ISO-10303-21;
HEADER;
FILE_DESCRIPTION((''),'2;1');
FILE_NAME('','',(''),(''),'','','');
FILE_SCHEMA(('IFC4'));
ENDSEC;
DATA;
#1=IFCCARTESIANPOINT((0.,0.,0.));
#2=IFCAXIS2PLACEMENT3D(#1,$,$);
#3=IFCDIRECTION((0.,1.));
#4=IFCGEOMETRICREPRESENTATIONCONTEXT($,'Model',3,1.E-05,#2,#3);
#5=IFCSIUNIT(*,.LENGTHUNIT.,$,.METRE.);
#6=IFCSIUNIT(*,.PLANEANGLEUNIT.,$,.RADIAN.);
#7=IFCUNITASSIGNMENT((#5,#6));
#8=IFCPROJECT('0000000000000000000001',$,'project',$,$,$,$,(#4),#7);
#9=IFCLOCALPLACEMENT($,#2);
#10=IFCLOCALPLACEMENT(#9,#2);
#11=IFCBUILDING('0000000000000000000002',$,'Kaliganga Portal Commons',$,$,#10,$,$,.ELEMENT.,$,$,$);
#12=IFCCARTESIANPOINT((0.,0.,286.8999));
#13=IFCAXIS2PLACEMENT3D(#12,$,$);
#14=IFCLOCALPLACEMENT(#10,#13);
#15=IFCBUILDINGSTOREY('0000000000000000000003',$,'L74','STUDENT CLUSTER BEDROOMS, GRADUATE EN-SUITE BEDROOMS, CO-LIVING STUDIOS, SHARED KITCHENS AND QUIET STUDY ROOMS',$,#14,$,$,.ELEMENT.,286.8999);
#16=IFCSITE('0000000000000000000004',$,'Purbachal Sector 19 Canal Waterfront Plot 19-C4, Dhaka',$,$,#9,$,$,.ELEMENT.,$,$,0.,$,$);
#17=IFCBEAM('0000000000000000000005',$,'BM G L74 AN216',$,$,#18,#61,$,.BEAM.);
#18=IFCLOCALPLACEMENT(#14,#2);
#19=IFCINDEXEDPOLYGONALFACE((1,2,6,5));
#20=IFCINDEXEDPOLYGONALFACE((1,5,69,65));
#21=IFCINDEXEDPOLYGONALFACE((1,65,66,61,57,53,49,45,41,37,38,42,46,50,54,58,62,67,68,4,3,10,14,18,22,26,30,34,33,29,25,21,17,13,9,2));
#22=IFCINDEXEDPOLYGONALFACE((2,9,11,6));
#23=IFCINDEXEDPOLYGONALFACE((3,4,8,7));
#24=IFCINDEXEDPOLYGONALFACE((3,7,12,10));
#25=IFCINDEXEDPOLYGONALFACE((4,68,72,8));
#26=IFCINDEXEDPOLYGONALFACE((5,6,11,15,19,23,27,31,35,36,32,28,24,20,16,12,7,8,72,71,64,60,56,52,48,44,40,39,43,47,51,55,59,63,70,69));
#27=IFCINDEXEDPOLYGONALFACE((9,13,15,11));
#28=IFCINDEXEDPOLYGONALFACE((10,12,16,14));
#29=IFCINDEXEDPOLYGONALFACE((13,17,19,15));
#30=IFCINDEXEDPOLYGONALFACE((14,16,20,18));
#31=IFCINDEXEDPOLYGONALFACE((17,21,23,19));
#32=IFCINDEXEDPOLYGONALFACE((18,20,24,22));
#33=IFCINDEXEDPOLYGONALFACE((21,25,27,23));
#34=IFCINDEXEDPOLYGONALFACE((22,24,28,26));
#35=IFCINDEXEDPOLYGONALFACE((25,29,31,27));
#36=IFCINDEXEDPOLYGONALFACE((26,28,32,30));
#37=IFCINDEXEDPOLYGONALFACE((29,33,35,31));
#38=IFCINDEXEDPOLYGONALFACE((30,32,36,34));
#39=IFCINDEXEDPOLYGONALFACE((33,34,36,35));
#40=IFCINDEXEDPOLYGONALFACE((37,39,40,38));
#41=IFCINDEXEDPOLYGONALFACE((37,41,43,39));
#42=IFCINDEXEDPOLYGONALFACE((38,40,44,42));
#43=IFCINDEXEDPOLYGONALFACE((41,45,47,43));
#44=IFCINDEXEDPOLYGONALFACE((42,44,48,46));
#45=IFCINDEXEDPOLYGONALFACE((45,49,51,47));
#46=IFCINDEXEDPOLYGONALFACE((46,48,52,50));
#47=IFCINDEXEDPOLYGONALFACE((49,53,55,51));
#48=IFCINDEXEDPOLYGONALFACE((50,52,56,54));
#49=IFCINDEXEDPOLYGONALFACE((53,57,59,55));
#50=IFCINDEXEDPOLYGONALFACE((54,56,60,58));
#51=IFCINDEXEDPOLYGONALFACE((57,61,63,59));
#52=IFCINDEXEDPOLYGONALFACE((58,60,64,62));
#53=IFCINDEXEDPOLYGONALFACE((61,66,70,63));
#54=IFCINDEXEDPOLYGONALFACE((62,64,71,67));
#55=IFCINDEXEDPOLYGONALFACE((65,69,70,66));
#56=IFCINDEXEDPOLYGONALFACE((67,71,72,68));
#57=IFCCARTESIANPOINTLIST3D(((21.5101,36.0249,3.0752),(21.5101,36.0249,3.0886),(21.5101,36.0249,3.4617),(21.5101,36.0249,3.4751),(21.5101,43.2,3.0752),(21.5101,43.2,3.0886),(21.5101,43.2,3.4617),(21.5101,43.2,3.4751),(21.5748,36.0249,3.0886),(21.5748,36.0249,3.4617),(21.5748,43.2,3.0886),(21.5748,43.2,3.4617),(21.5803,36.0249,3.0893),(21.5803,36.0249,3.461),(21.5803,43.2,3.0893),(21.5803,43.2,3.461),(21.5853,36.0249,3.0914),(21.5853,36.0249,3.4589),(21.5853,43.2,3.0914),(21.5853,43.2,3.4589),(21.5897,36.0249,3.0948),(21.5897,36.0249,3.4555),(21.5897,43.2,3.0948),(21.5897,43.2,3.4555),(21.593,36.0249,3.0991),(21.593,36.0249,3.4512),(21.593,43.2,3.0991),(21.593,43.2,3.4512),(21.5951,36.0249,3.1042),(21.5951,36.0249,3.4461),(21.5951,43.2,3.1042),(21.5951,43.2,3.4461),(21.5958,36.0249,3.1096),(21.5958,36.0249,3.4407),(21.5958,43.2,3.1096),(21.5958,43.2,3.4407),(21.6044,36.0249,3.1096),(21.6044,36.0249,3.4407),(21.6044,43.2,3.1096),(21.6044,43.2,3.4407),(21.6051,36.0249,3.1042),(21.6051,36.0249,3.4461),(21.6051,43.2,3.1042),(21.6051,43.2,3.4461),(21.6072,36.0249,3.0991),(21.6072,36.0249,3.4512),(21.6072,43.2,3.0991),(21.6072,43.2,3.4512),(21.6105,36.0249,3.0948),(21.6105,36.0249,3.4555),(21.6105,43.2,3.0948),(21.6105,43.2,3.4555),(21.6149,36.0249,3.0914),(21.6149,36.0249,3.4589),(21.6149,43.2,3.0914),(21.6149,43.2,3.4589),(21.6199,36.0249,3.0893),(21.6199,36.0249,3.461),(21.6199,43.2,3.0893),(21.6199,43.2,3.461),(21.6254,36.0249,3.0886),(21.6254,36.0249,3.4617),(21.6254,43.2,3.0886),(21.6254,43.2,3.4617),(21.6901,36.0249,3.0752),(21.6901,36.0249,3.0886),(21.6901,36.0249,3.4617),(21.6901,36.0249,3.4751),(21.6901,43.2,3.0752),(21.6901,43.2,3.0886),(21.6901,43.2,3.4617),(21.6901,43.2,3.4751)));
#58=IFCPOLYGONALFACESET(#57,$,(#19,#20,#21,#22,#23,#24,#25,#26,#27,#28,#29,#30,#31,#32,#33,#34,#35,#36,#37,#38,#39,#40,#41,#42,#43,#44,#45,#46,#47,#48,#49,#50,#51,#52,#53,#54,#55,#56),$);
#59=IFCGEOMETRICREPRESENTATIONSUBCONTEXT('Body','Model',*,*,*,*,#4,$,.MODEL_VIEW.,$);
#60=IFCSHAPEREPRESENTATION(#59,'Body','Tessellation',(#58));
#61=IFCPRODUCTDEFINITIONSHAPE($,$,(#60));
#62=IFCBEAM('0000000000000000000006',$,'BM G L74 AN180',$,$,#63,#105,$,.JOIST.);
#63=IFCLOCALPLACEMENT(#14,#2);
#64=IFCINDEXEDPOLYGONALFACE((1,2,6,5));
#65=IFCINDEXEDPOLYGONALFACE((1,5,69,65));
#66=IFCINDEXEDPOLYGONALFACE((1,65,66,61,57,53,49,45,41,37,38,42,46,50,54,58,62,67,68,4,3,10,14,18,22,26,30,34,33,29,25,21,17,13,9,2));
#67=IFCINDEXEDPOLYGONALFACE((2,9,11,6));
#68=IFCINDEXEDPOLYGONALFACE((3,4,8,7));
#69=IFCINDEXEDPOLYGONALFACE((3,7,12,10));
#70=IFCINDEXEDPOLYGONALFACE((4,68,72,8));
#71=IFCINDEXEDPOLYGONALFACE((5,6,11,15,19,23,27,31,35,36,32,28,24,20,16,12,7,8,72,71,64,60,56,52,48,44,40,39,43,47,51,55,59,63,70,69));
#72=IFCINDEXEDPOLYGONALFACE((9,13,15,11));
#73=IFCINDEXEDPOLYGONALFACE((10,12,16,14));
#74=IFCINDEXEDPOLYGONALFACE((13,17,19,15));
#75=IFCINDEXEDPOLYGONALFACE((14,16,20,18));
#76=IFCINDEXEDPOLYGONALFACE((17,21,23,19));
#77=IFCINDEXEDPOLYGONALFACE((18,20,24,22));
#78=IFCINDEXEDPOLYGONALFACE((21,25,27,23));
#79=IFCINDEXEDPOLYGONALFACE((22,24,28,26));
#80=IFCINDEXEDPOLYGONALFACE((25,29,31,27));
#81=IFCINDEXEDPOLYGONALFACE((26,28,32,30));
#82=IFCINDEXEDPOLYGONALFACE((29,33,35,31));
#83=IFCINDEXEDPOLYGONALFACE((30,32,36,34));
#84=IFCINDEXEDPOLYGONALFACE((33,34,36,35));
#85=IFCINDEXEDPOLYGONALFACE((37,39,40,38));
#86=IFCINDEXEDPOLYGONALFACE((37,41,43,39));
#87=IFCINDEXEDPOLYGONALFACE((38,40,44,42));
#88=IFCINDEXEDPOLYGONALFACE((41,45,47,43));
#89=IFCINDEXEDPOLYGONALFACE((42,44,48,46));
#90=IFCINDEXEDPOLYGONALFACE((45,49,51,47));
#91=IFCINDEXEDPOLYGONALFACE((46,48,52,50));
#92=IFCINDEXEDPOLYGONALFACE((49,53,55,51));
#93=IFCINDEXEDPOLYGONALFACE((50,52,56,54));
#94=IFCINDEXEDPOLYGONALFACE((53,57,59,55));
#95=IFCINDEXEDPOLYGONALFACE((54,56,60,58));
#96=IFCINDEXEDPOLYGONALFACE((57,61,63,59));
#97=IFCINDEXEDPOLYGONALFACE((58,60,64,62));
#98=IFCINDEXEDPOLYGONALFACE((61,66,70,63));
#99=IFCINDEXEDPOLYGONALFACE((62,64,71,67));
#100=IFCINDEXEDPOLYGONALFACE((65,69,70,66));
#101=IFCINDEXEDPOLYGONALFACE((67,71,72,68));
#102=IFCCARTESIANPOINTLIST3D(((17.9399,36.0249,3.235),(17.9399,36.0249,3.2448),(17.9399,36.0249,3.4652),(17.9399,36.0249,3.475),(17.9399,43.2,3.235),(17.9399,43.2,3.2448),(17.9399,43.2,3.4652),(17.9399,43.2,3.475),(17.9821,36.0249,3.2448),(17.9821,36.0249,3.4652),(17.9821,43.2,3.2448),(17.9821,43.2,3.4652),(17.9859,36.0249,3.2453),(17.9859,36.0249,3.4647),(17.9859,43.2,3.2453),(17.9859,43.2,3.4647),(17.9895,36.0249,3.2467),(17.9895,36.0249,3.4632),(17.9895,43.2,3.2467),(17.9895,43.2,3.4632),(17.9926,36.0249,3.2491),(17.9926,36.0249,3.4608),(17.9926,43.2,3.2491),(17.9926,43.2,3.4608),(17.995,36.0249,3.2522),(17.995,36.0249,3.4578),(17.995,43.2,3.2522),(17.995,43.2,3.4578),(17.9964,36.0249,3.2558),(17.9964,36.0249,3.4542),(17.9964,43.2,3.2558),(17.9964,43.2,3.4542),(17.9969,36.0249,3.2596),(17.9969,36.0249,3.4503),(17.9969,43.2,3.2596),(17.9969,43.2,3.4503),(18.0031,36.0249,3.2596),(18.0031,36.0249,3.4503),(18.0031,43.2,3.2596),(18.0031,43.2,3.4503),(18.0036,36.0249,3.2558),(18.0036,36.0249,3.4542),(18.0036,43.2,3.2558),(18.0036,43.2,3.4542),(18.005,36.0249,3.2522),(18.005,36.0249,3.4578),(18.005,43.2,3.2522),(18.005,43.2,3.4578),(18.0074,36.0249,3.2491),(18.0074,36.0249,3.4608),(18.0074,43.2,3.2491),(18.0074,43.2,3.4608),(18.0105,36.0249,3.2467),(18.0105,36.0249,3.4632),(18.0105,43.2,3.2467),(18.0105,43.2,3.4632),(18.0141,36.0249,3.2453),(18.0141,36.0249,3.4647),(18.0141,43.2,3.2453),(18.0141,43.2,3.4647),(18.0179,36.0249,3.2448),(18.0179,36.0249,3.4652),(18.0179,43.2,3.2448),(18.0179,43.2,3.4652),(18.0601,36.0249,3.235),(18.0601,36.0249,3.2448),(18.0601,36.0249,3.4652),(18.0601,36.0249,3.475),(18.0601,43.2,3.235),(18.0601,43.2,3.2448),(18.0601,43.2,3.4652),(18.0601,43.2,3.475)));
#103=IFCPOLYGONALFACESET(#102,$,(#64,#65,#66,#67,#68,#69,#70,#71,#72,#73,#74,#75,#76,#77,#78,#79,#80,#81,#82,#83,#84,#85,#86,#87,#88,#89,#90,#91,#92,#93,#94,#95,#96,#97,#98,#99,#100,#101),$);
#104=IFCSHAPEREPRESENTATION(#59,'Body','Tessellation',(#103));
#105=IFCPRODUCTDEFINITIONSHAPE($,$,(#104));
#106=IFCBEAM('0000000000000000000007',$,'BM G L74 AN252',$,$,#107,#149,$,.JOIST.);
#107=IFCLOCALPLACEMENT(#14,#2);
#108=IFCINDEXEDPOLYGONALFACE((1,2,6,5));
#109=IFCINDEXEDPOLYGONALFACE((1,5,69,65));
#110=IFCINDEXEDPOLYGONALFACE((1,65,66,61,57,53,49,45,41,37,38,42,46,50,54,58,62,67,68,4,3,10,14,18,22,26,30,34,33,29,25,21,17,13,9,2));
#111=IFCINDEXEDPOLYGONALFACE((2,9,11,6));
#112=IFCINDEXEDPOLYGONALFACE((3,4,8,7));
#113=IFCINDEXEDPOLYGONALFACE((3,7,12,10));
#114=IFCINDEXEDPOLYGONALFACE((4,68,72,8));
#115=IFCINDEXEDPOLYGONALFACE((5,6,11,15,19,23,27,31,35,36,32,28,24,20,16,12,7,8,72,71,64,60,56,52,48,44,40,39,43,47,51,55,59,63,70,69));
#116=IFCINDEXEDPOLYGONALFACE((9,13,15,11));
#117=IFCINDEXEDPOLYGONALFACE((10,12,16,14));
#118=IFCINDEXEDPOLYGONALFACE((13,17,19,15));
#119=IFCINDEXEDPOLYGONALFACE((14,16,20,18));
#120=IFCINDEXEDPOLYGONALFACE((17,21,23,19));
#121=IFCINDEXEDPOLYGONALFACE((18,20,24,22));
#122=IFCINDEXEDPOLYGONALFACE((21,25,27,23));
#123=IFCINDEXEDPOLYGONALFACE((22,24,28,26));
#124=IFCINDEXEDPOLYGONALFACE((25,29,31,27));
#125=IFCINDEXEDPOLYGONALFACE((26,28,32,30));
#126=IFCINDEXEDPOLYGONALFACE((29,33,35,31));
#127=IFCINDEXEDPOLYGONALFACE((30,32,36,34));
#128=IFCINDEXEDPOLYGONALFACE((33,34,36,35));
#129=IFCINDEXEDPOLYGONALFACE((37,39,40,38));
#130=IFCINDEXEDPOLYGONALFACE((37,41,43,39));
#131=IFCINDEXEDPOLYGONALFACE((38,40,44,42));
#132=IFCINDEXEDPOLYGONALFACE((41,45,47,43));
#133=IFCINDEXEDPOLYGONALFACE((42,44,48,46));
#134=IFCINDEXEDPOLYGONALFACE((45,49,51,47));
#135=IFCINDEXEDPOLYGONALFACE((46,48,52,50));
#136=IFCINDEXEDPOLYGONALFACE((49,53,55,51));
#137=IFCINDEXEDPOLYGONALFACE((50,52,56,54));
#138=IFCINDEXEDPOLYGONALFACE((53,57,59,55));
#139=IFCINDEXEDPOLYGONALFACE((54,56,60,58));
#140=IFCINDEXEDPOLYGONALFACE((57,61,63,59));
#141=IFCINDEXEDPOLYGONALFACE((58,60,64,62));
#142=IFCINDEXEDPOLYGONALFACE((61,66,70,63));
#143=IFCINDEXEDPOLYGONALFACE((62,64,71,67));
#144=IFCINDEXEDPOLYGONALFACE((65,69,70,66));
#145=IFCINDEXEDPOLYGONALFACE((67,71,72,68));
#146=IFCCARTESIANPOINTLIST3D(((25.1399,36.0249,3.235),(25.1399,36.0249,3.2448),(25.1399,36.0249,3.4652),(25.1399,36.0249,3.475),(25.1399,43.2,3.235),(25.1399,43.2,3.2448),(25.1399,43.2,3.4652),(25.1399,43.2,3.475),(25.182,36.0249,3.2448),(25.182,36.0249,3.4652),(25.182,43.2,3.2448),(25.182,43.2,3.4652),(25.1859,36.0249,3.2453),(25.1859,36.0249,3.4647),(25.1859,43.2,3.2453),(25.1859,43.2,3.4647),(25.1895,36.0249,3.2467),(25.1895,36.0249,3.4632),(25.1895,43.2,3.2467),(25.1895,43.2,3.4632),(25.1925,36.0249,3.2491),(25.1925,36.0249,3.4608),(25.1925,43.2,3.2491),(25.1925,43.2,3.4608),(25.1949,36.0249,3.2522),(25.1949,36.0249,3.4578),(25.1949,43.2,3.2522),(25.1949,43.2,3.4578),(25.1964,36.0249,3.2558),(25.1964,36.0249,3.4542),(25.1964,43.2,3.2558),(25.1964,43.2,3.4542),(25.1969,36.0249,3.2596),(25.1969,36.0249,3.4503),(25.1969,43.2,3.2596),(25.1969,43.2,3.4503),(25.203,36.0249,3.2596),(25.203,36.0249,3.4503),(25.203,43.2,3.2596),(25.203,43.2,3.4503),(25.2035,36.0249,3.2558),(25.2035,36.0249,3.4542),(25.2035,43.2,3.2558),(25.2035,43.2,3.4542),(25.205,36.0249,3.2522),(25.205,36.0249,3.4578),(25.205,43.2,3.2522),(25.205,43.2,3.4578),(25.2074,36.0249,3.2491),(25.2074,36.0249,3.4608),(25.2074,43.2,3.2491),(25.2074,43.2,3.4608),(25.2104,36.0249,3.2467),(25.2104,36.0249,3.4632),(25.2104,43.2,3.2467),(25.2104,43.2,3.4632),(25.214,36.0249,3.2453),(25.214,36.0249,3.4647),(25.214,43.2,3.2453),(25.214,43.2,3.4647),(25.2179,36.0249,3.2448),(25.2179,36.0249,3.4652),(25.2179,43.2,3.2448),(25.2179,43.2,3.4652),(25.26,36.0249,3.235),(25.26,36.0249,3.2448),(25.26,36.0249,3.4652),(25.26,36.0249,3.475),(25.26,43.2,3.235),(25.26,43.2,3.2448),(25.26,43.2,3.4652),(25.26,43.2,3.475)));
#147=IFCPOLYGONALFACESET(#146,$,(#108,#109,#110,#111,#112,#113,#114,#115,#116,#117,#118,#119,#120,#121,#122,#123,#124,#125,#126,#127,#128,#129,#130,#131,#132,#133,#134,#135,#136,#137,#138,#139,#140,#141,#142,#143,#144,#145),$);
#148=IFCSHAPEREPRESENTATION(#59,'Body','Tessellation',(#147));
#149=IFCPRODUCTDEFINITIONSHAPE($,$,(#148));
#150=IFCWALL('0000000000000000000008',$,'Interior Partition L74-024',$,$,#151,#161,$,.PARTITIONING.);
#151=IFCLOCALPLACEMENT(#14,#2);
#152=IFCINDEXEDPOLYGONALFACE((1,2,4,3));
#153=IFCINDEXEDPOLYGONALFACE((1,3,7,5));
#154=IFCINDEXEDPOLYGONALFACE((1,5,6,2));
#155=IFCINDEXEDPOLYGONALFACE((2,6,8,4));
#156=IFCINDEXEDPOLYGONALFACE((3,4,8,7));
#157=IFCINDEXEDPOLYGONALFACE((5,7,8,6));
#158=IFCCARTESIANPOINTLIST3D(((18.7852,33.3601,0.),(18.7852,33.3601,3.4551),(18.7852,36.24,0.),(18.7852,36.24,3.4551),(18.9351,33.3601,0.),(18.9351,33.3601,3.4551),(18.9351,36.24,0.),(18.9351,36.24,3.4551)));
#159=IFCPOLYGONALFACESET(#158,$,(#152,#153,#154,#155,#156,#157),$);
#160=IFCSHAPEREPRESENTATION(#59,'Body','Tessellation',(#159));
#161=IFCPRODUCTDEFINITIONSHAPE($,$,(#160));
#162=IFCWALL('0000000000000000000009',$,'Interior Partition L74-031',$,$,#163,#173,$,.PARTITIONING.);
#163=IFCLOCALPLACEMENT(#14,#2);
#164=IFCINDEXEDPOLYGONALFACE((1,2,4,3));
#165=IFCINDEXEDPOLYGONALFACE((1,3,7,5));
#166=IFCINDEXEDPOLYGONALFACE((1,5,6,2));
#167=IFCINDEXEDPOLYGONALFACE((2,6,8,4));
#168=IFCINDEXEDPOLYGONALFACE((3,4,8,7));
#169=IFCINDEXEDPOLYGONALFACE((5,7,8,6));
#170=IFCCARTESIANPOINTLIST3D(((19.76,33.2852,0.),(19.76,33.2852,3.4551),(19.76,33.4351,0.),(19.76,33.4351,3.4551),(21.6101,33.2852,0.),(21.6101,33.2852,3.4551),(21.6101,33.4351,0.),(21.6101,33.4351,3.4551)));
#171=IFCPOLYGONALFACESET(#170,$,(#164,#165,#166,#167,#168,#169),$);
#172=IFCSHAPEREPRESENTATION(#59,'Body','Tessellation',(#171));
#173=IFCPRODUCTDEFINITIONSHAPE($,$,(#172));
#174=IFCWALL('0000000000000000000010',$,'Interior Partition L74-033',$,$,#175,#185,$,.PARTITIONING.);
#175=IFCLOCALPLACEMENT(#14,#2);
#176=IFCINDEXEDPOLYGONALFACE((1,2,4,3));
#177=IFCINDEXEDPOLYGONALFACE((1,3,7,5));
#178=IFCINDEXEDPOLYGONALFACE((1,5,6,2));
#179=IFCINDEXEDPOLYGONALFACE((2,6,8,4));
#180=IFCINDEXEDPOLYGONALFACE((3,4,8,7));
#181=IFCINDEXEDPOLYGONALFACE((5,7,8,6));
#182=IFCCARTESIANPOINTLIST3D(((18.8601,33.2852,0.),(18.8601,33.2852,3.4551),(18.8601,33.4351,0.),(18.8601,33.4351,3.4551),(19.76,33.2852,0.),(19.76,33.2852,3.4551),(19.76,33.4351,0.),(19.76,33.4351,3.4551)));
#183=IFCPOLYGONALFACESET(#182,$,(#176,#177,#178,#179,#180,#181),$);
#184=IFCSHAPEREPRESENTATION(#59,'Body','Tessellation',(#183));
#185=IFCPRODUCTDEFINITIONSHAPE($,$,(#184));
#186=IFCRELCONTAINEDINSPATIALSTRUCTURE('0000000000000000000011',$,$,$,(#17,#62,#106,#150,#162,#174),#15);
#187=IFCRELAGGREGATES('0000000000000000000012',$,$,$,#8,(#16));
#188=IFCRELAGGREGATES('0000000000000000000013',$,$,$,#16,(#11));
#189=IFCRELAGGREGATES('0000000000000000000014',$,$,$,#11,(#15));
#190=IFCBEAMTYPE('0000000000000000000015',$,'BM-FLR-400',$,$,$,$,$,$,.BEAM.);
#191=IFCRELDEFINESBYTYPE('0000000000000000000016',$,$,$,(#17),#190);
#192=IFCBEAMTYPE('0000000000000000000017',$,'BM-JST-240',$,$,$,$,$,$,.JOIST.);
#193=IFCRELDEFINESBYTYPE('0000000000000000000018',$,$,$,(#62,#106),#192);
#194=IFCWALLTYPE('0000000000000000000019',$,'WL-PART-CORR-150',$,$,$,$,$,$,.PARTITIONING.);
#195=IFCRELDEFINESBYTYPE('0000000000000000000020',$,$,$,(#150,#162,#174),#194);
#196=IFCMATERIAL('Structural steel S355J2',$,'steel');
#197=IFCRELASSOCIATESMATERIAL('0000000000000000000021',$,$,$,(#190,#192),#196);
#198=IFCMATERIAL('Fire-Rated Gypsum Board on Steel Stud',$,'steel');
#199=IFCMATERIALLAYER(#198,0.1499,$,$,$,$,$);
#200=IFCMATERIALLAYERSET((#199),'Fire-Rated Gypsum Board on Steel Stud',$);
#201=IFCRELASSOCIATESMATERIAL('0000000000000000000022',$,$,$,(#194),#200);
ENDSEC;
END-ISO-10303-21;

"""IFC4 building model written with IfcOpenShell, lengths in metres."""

from ifc_helpers import new_model, si_unit, direction, frame, frame_2d, origin, origin_2d, place, context, subcontext, project, spatial, rectangle, i_section, extrude, source, transform, mapped, material, layer, layer_set, material_profile, profile_set, type_object, element, save


model = new_model("IFC4")

# Units and contexts
model_context = context("Model", 3, precision=1e-05, world=origin(), true_north=direction((0.0, 1.0)))
body_context = subcontext(model_context, "Body", "Model", "MODEL_VIEW")
ifc_project = project(units=[si_unit("LENGTHUNIT", "METRE"), si_unit("PLANEANGLEUNIT", "RADIAN")], contexts=[model_context])

# Site, building, storey
site_placement = place(None, origin())
site = spatial("IfcSite", under=ifc_project, at=site_placement, Name="Purbachal Sector 19 Canal Waterfront Plot 19-C4, Dhaka", CompositionType="ELEMENT", RefElevation=0.0)
building_placement = place(site_placement, origin())
building = spatial("IfcBuilding", under=site, at=building_placement, Name="Kaliganga Portal Commons", CompositionType="ELEMENT")
storey_placement = place(building_placement, frame((0.0, 0.0, 286.8999)))
storey = spatial("IfcBuildingStorey", under=building, at=storey_placement, Name="L74", Description="STUDENT CLUSTER BEDROOMS, GRADUATE EN-SUITE BEDROOMS, CO-LIVING STUDIOS, SHARED KITCHENS AND QUIET STUDY ROOMS", CompositionType="ELEMENT", Elevation=286.8999)

# Beams
ifc_material_1 = material(Name="Structural steel S355J2", Category="steel")
ifc_material_profile_1 = material_profile(ifc_material_1, i_section(OverallWidth=0.1799, OverallDepth=0.3999, WebThickness=0.0085, FlangeThickness=0.0134, FilletRadius=0.021, at=origin_2d()), Name="IPE 400")
ifc_profile_set_1 = profile_set([ifc_material_profile_1], Name="Structural steel S355J2 wide-flange")
beam_type_1 = type_object("IfcBeamType", Name="BM-FLR-400", PredefinedType="BEAM", material=ifc_profile_set_1)
shared_shape_1 = source(origin(), body_context, "Body", "SweptSolid", [
    extrude(i_section(OverallWidth=0.1799, OverallDepth=0.3999, WebThickness=0.0085, FlangeThickness=0.0134, FilletRadius=0.021, at=origin_2d()), origin(), (0.0, 0.0, 1.0), 7.175),
])
beam_placement = place(storey_placement, frame((21.6001, 36.0249, 3.2751), z_axis=(0.0, 1.0, 0.0), x_axis=(-1.0, 0.0, 0.0)))
element("IfcBeam", 1, at=beam_placement, inside=storey, type_object=beam_type_1, Name="BM G L74 AN216", PredefinedType="BEAM", context=body_context, shape_type="MappedRepresentation", body=[
    mapped(shared_shape_1, transform((0.0, 0.0, 0.0), x_axis=(1.0, 0.0, 0.0), y_axis=(0.0, 1.0, 0.0), z_axis=(0.0, 0.0, 1.0), scale=1.0)),
])
ifc_material_profile_2 = material_profile(ifc_material_1, i_section(OverallWidth=0.1201, OverallDepth=0.24, WebThickness=0.0061, FlangeThickness=0.0098, FilletRadius=0.0149, at=origin_2d()), Name="IPE 240")
ifc_profile_set_2 = profile_set([ifc_material_profile_2], Name="Structural steel S355J2 wide-flange")
beam_type_2 = type_object("IfcBeamType", Name="BM-JST-240", PredefinedType="JOIST", material=ifc_profile_set_2)
shared_shape_2 = source(origin(), body_context, "Body", "SweptSolid", [
    extrude(i_section(OverallWidth=0.1201, OverallDepth=0.24, WebThickness=0.0061, FlangeThickness=0.0098, FilletRadius=0.0149, at=origin_2d()), origin(), (0.0, 0.0, 1.0), 7.175),
])
for number, where, z_axis, x_axis, name in (
    (2, (18.0, 36.0249, 3.355), (0.0, 1.0, 0.0), (-1.0, 0.0, 0.0), "BM G L74 AN180"),
    (3, (25.2, 36.0249, 3.355), (0.0, 1.0, 0.0), (-1.0, 0.0, 0.0), "BM G L74 AN252"),
):
    element("IfcBeam", number, at=place(storey_placement, frame(where, z_axis=z_axis, x_axis=x_axis)), inside=storey, type_object=beam_type_2, Name=name, PredefinedType="JOIST", context=body_context, shape_type="MappedRepresentation", body=[
        mapped(shared_shape_2, transform((0.0, 0.0, 0.0), x_axis=(1.0, 0.0, 0.0), y_axis=(0.0, 1.0, 0.0), z_axis=(0.0, 0.0, 1.0), scale=1.0)),
    ])

# Walls
ifc_material_2 = material(Name="Fire-Rated Gypsum Board on Steel Stud", Category="steel")
ifc_layer_1 = layer(ifc_material_2, 0.1499)
ifc_layer_set_1 = layer_set([ifc_layer_1], Name="Fire-Rated Gypsum Board on Steel Stud")
wall_type_1 = type_object("IfcWallType", Name="WL-PART-CORR-150", PredefinedType="PARTITIONING", material=ifc_layer_set_1)
wall_1_placement = place(storey_placement, frame((18.8601, 33.3601, 0.0), z_axis=(0.0, 0.0, 1.0), x_axis=(0.0, 1.0, 0.0)))
element("IfcWall", 4, at=wall_1_placement, inside=storey, type_object=wall_type_1, Name="Interior Partition L74-024", PredefinedType="PARTITIONING", context=body_context, shape_type="SweptSolid", body=[
    extrude(rectangle(XDim=2.8799, YDim=0.1499, at=frame_2d((1.4399, 0.0))), origin(), (0.0, 0.0, 1.0), 3.4551),
])
wall_2_placement = place(storey_placement, frame((19.76, 33.3601, 0.0), z_axis=(0.0, 0.0, 1.0), x_axis=(1.0, 0.0, 0.0)))
element("IfcWall", 5, at=wall_2_placement, inside=storey, type_object=wall_type_1, Name="Interior Partition L74-031", PredefinedType="PARTITIONING", context=body_context, shape_type="SweptSolid", body=[
    extrude(rectangle(XDim=1.8501, YDim=0.1499, at=frame_2d((0.925, 0.0))), origin(), (0.0, 0.0, 1.0), 3.4551),
])
wall_3_placement = place(storey_placement, frame((18.8601, 33.3601, 0.0), z_axis=(0.0, 0.0, 1.0), x_axis=(1.0, 0.0, 0.0)))
element("IfcWall", 6, at=wall_3_placement, inside=storey, type_object=wall_type_1, Name="Interior Partition L74-033", PredefinedType="PARTITIONING", context=body_context, shape_type="SweptSolid", body=[
    extrude(rectangle(XDim=0.8999, YDim=0.1499, at=frame_2d((0.45, 0.0))), origin(), (0.0, 0.0, 1.0), 3.4551),
])

save(model, "model.ifc")
